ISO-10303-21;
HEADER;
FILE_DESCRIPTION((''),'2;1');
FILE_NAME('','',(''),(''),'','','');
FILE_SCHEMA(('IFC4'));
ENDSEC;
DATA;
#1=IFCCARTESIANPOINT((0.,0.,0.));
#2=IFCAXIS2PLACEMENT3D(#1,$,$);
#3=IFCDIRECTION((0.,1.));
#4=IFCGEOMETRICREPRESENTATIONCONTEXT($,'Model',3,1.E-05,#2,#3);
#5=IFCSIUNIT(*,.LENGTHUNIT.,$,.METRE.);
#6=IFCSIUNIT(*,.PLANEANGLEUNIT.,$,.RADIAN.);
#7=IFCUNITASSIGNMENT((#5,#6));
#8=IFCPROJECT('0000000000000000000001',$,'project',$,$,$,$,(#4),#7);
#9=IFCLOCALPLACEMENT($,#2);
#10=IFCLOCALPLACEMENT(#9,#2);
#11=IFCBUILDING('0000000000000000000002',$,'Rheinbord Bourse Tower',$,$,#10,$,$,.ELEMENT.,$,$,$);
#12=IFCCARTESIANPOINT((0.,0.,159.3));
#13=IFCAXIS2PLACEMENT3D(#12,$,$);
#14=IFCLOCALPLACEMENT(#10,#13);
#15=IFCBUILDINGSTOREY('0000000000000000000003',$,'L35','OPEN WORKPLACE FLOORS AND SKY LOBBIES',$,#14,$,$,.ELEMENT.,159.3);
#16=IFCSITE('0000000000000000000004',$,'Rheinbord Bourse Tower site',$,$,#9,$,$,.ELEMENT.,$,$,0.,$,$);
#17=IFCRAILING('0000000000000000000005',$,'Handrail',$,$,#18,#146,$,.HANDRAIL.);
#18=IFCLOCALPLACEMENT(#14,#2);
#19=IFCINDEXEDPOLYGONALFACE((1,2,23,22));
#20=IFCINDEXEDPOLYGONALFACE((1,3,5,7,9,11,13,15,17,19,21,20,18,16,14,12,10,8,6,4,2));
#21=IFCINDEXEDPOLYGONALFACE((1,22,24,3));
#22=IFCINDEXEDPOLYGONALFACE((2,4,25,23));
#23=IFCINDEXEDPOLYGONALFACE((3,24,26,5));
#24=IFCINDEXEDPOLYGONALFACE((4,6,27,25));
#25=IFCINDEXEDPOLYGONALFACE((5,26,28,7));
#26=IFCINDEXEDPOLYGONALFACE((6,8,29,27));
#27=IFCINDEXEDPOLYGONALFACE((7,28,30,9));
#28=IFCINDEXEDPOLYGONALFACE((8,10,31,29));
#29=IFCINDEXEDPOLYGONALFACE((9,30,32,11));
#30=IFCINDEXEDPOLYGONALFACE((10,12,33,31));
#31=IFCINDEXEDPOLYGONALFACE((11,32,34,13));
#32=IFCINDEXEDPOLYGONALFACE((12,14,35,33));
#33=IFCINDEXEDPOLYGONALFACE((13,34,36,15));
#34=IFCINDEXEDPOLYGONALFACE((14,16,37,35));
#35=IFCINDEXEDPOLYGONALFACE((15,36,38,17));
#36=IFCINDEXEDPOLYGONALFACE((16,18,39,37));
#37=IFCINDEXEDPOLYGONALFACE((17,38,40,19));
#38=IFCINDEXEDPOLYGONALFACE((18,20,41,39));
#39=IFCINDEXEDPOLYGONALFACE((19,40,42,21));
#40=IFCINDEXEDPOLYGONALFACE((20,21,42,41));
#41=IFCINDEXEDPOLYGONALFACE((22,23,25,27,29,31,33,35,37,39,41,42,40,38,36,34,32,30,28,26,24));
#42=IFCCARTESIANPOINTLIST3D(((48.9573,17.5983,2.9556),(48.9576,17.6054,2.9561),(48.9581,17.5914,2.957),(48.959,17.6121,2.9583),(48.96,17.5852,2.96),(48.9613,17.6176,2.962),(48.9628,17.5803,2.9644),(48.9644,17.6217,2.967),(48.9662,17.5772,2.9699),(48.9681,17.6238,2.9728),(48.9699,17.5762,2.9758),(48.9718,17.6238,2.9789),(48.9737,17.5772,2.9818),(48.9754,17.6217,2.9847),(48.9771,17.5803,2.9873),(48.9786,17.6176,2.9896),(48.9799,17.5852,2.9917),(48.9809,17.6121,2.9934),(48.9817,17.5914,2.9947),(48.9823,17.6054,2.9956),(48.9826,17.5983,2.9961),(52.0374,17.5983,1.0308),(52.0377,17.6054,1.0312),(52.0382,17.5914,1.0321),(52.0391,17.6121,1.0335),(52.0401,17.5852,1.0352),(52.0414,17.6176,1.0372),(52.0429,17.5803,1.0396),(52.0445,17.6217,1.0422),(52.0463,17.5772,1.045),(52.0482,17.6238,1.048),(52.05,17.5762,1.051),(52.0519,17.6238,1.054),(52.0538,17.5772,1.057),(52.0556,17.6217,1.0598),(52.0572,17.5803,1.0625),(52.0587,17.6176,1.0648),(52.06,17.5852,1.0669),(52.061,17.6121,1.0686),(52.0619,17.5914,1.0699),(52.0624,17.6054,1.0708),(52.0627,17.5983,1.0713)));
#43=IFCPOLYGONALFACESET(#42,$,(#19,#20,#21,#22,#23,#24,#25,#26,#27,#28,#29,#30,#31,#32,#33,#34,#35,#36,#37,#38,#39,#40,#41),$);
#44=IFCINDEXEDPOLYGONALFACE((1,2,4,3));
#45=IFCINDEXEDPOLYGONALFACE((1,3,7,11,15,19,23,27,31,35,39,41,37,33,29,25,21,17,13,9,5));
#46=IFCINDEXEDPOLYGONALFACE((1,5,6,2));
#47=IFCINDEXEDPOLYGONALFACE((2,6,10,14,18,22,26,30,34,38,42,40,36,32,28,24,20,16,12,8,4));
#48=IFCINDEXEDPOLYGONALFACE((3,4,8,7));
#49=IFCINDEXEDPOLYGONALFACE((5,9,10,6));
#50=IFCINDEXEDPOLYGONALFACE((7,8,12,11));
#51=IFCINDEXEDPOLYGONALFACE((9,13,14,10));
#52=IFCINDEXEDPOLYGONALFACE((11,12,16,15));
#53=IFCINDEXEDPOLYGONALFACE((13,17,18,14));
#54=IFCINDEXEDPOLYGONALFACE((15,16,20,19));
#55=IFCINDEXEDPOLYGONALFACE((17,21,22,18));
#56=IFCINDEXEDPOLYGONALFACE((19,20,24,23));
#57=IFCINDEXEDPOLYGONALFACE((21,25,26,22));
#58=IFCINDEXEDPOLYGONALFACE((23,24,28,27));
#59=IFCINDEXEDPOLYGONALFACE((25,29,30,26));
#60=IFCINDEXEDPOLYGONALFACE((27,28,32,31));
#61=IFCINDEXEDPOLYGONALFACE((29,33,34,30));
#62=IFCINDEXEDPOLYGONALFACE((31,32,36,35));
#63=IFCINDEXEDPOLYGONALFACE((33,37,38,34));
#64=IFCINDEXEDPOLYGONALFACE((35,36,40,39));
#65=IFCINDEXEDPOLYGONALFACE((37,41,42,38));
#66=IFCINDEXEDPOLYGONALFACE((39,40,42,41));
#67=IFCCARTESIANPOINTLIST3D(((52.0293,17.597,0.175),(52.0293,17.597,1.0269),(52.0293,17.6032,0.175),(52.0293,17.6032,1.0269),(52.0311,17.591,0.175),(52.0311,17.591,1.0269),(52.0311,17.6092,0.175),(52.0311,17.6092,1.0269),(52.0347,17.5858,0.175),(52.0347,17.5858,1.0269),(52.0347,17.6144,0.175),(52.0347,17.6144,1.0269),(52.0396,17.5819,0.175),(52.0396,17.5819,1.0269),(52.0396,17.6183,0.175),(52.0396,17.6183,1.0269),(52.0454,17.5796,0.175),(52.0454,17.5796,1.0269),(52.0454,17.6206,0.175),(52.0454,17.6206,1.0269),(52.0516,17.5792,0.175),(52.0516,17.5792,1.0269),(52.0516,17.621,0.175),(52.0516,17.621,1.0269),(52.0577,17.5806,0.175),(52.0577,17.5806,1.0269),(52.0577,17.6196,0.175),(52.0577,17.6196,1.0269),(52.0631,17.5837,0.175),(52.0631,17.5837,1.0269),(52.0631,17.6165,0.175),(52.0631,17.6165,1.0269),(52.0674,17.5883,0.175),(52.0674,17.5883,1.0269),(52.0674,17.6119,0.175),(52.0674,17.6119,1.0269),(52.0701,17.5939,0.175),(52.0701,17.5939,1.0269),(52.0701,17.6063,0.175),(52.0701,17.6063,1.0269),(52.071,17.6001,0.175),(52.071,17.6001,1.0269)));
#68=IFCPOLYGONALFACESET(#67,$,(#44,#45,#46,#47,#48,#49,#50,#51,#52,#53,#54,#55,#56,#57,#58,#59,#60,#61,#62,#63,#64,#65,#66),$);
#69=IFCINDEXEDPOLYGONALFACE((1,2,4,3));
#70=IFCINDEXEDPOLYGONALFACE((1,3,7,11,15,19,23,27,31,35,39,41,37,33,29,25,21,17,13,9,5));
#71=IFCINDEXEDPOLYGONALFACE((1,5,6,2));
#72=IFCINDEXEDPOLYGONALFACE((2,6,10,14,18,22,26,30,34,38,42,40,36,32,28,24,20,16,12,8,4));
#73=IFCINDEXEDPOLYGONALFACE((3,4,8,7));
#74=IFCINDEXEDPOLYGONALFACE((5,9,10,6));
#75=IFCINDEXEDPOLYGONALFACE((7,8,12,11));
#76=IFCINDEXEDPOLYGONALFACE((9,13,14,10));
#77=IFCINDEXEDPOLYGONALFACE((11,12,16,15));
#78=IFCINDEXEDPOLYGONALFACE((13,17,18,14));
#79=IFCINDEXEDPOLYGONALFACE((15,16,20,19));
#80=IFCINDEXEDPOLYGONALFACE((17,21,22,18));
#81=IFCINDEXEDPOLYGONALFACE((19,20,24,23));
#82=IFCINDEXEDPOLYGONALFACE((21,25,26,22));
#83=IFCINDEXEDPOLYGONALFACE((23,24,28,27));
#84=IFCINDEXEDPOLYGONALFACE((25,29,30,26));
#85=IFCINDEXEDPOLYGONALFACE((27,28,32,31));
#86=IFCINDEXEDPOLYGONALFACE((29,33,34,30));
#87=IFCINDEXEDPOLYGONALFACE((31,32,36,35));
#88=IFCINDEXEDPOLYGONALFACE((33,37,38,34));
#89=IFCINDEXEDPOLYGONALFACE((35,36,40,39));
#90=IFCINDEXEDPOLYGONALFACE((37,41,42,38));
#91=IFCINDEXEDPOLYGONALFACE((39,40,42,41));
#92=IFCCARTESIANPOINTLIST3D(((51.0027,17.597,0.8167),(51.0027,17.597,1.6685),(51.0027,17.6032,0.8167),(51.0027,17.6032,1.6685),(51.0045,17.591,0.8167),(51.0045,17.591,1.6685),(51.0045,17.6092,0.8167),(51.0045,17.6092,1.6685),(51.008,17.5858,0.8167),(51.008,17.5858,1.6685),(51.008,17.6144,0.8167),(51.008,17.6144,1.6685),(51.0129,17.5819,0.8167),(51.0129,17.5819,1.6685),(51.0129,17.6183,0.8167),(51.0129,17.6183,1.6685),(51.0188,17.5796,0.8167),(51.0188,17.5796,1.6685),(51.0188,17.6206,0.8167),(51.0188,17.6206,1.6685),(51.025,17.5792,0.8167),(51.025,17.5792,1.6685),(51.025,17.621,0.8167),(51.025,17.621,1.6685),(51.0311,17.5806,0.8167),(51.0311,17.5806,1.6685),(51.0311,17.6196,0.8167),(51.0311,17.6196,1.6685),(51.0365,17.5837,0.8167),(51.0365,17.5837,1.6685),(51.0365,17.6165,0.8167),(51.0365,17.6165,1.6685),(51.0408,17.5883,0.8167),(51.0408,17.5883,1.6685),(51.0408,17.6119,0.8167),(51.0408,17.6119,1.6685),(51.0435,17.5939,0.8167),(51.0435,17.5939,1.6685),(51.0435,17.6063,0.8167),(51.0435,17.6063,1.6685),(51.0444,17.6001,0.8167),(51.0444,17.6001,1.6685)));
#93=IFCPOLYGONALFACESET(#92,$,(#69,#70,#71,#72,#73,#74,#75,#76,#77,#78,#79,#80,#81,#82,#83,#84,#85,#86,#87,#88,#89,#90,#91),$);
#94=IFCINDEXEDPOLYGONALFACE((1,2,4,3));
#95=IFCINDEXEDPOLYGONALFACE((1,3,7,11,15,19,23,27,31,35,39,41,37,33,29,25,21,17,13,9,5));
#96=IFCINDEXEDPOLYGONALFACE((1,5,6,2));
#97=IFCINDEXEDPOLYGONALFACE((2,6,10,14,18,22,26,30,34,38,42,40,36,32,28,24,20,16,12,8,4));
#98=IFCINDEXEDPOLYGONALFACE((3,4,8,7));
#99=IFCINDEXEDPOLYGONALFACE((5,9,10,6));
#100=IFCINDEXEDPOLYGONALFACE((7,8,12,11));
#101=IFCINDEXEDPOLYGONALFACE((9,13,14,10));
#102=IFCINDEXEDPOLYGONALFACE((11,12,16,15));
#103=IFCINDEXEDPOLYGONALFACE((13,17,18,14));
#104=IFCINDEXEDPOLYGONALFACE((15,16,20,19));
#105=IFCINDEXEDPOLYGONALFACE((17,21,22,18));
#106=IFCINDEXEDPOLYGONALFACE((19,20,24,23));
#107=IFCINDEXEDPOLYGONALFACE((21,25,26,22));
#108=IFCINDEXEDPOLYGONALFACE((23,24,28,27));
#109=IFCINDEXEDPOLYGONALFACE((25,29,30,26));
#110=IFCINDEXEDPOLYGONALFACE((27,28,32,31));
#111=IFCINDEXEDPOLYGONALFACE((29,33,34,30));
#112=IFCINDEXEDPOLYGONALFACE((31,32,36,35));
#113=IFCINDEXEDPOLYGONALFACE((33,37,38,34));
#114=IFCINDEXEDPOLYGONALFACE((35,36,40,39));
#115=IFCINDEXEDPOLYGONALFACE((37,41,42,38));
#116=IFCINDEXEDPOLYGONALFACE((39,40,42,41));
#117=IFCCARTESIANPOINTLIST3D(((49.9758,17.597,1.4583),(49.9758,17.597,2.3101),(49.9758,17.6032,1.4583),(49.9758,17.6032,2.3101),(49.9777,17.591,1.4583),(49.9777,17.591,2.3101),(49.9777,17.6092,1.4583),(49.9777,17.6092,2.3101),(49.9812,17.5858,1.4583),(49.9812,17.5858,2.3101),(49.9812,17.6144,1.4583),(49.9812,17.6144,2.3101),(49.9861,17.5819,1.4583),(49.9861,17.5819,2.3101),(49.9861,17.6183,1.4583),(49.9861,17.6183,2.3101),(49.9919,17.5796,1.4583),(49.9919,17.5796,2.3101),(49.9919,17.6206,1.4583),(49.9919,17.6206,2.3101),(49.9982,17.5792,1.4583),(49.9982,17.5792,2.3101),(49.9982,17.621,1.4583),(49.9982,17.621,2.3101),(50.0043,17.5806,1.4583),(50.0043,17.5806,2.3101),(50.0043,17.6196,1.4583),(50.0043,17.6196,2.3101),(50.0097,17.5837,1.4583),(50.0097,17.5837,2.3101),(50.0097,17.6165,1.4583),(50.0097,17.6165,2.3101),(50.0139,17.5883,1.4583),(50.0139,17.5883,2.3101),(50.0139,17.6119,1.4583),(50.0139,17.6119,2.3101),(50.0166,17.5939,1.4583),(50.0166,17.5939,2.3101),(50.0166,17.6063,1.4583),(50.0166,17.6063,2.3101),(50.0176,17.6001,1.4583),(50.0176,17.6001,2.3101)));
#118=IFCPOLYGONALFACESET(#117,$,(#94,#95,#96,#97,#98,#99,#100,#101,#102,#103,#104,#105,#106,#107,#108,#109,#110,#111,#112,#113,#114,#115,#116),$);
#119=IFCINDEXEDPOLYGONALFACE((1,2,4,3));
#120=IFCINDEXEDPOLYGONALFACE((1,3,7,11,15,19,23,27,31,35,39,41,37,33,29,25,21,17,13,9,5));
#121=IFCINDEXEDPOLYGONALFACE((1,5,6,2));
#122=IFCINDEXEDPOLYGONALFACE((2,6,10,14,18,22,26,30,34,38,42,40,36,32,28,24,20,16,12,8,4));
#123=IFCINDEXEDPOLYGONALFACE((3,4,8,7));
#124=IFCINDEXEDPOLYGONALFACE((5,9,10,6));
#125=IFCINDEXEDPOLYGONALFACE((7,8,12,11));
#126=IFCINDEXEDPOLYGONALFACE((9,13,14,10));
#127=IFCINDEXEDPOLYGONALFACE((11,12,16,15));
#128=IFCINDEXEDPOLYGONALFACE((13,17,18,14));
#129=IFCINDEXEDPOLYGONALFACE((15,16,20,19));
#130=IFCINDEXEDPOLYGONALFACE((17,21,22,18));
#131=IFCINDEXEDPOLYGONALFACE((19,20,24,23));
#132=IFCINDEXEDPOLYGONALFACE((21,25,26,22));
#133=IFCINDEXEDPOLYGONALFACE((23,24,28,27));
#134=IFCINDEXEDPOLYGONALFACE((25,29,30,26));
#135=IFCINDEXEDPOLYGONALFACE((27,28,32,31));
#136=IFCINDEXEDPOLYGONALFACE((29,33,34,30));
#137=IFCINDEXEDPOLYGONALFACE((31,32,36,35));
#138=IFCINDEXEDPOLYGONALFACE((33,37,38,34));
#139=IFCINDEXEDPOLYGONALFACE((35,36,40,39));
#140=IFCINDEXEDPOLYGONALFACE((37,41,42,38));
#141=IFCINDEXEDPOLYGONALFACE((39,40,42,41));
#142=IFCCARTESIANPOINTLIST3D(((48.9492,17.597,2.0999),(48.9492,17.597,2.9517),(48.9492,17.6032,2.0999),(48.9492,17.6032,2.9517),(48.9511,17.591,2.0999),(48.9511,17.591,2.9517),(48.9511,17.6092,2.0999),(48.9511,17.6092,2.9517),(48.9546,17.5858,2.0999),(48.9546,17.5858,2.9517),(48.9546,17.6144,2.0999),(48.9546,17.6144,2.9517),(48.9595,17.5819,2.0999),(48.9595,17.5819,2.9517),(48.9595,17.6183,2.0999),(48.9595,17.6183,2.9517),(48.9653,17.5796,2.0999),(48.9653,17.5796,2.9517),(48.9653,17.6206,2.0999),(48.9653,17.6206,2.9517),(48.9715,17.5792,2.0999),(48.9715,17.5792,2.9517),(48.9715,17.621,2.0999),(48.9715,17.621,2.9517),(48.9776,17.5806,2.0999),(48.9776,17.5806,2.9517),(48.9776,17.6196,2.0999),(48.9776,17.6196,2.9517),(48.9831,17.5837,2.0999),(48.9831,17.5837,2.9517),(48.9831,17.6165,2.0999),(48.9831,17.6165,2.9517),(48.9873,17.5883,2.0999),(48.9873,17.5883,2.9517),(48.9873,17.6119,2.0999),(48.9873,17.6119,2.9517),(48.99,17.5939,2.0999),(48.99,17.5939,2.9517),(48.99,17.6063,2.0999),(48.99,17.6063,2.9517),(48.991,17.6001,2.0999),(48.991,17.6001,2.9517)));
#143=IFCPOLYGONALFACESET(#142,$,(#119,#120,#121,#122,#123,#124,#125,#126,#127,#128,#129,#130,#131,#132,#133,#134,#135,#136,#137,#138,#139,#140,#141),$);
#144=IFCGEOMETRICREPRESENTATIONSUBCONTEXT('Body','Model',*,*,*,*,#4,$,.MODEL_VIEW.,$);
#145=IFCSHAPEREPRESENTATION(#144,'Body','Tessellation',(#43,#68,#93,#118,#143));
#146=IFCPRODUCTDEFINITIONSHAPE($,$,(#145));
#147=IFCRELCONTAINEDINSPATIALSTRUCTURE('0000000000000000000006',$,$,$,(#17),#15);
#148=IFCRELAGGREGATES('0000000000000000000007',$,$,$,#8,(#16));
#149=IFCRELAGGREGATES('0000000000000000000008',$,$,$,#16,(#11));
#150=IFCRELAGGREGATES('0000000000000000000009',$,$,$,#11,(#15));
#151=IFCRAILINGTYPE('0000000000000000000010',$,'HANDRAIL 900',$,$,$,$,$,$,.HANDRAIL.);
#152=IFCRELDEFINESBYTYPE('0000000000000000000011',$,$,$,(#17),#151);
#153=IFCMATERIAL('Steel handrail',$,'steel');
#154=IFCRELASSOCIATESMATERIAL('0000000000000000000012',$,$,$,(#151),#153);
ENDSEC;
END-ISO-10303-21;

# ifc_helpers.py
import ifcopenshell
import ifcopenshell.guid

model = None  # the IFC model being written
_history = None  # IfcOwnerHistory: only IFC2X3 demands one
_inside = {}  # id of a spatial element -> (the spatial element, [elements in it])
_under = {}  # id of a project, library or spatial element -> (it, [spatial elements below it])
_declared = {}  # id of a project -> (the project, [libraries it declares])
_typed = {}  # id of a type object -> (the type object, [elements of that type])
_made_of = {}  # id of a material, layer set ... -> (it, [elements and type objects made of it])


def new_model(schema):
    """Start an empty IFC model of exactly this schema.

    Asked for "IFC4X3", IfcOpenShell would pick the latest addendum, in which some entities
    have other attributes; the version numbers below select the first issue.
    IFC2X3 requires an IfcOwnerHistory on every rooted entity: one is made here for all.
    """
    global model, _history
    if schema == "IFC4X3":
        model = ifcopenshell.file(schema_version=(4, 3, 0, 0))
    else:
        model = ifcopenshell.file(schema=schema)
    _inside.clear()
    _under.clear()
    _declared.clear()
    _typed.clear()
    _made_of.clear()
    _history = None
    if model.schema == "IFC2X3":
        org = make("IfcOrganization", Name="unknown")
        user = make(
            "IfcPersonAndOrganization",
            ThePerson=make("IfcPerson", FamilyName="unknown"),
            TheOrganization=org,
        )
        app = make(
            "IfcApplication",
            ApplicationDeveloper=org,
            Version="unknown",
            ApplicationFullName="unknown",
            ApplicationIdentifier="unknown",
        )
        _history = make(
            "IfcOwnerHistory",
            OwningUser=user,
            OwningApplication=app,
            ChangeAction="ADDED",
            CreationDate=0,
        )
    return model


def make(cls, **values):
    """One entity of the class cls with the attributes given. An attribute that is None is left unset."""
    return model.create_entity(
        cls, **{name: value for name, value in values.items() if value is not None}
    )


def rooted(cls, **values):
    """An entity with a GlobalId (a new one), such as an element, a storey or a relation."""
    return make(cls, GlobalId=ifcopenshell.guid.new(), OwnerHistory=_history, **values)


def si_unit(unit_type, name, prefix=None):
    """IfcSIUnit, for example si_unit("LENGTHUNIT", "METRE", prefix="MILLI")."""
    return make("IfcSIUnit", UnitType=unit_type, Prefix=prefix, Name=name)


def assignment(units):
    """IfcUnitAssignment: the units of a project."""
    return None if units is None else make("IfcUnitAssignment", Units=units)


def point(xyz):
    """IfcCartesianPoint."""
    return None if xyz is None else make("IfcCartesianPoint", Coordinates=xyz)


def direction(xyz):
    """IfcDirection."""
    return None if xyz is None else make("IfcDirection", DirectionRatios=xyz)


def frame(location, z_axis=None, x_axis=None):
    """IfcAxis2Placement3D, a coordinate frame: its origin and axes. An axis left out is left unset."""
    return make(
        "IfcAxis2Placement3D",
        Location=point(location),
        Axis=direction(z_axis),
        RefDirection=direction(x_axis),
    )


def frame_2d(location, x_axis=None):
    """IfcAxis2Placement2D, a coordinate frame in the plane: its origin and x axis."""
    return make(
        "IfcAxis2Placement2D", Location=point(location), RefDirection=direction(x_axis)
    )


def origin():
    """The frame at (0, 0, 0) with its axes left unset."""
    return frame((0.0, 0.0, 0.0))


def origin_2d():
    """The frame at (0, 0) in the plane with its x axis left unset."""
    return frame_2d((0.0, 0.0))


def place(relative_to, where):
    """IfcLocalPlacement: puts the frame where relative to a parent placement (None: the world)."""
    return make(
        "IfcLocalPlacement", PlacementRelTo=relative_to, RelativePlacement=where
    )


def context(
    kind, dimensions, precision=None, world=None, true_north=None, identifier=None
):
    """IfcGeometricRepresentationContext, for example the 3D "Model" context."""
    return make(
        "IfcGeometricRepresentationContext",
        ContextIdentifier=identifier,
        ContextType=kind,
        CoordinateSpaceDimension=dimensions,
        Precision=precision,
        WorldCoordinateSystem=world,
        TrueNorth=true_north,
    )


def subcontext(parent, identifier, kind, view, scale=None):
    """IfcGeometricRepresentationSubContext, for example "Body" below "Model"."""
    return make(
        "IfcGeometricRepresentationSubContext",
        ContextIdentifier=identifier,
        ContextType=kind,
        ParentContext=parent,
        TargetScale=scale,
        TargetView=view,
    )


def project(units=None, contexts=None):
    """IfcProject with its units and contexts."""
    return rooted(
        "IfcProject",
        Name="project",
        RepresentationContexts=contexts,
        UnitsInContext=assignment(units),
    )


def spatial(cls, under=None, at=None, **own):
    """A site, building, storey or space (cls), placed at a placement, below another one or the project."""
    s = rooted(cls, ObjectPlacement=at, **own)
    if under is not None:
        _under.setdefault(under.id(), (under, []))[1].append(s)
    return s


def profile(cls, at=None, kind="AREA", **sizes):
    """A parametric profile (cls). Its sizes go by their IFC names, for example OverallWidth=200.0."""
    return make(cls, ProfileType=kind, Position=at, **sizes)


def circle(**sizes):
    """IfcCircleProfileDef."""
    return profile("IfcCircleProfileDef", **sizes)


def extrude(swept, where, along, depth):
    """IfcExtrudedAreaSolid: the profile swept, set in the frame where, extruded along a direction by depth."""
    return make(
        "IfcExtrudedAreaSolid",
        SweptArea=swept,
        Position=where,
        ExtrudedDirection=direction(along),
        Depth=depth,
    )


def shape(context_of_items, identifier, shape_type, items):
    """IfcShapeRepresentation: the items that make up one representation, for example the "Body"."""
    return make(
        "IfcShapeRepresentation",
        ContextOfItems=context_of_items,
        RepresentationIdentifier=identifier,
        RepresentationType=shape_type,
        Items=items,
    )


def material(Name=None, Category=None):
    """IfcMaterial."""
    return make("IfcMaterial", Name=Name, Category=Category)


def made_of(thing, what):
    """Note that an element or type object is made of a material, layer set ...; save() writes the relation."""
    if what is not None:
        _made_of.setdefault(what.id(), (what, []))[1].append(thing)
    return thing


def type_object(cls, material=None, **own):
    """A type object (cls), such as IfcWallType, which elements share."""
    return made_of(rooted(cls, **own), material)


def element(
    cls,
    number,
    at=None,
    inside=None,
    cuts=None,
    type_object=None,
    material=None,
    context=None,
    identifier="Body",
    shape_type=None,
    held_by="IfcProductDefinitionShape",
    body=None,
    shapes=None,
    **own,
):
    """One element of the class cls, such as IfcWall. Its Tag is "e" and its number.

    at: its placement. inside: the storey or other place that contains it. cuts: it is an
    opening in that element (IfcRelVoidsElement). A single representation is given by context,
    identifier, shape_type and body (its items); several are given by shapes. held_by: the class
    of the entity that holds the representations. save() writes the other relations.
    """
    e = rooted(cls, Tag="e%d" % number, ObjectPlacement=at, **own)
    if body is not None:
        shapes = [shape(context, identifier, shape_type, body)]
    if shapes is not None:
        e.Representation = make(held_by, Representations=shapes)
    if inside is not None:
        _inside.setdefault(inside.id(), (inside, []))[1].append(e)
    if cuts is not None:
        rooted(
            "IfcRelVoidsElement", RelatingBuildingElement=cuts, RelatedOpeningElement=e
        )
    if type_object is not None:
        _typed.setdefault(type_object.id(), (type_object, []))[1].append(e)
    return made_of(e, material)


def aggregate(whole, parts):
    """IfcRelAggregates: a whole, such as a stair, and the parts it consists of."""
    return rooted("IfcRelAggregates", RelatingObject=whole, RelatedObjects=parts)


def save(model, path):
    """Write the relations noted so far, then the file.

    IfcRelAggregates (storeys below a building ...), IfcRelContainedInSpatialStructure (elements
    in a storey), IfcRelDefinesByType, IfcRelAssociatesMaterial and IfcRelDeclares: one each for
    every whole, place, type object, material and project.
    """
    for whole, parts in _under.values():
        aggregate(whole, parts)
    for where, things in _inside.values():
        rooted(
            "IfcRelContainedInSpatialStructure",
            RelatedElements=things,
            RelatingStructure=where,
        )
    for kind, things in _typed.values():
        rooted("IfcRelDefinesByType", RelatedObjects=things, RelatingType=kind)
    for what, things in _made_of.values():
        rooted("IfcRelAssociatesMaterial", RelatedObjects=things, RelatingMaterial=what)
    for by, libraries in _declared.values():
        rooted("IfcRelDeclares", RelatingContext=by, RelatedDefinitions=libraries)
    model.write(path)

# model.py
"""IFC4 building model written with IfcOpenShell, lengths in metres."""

from ifc_helpers import new_model, si_unit, direction, frame, origin, origin_2d, place, context, subcontext, project, spatial, circle, extrude, material, type_object, element, save


model = new_model("IFC4")

# Units and contexts
model_context = context("Model", 3, precision=1e-05, world=origin(), true_north=direction((0.0, 1.0)))
body_context = subcontext(model_context, "Body", "Model", "MODEL_VIEW")
ifc_project = project(units=[si_unit("LENGTHUNIT", "METRE"), si_unit("PLANEANGLEUNIT", "RADIAN")], contexts=[model_context])

# Site, building, storey
site_placement = place(None, origin())
site = spatial("IfcSite", under=ifc_project, at=site_placement, Name="Rheinbord Bourse Tower site", CompositionType="ELEMENT", RefElevation=0.0)
building_placement = place(site_placement, origin())
building = spatial("IfcBuilding", under=site, at=building_placement, Name="Rheinbord Bourse Tower", CompositionType="ELEMENT")
storey_placement = place(building_placement, frame((0.0, 0.0, 159.3)))
storey = spatial("IfcBuildingStorey", under=building, at=storey_placement, Name="L35", Description="OPEN WORKPLACE FLOORS AND SKY LOBBIES", CompositionType="ELEMENT", Elevation=159.3)

# Railing
ifc_material_1 = material(Name="Steel handrail", Category="steel")
railing_type = type_object("IfcRailingType", Name="HANDRAIL 900", PredefinedType="HANDRAIL", material=ifc_material_1)
railing_1_placement = place(storey_placement, frame((52.05, 17.6001, 0.175)))
element("IfcRailing", 1, at=railing_1_placement, inside=storey, type_object=railing_type, Name="Handrail", PredefinedType="HANDRAIL", context=body_context, shape_type="SweptSolid", body=[
    extrude(circle(Radius=0.0239, at=origin_2d()), frame((0.0, 0.0, 0.876), z_axis=(-0.848029, 0.0, 0.529951), x_axis=(0.0, -1.0, 0.0)), (0.0, 0.0, 1.0), 3.6321),
    extrude(circle(Radius=0.021, at=origin_2d()), origin(), (0.0, 0.0, 1.0), 0.8518),
    extrude(circle(Radius=0.021, at=origin_2d()), frame((-1.0266, 0.0, 0.6416)), (0.0, 0.0, 1.0), 0.8518),
    extrude(circle(Radius=0.021, at=origin_2d()), frame((-2.0535, 0.0, 1.2832)), (0.0, 0.0, 1.0), 0.8518),
    extrude(circle(Radius=0.021, at=origin_2d()), frame((-3.0801, 0.0, 1.9248)), (0.0, 0.0, 1.0), 0.8518),
])

save(model, "model.ifc")
